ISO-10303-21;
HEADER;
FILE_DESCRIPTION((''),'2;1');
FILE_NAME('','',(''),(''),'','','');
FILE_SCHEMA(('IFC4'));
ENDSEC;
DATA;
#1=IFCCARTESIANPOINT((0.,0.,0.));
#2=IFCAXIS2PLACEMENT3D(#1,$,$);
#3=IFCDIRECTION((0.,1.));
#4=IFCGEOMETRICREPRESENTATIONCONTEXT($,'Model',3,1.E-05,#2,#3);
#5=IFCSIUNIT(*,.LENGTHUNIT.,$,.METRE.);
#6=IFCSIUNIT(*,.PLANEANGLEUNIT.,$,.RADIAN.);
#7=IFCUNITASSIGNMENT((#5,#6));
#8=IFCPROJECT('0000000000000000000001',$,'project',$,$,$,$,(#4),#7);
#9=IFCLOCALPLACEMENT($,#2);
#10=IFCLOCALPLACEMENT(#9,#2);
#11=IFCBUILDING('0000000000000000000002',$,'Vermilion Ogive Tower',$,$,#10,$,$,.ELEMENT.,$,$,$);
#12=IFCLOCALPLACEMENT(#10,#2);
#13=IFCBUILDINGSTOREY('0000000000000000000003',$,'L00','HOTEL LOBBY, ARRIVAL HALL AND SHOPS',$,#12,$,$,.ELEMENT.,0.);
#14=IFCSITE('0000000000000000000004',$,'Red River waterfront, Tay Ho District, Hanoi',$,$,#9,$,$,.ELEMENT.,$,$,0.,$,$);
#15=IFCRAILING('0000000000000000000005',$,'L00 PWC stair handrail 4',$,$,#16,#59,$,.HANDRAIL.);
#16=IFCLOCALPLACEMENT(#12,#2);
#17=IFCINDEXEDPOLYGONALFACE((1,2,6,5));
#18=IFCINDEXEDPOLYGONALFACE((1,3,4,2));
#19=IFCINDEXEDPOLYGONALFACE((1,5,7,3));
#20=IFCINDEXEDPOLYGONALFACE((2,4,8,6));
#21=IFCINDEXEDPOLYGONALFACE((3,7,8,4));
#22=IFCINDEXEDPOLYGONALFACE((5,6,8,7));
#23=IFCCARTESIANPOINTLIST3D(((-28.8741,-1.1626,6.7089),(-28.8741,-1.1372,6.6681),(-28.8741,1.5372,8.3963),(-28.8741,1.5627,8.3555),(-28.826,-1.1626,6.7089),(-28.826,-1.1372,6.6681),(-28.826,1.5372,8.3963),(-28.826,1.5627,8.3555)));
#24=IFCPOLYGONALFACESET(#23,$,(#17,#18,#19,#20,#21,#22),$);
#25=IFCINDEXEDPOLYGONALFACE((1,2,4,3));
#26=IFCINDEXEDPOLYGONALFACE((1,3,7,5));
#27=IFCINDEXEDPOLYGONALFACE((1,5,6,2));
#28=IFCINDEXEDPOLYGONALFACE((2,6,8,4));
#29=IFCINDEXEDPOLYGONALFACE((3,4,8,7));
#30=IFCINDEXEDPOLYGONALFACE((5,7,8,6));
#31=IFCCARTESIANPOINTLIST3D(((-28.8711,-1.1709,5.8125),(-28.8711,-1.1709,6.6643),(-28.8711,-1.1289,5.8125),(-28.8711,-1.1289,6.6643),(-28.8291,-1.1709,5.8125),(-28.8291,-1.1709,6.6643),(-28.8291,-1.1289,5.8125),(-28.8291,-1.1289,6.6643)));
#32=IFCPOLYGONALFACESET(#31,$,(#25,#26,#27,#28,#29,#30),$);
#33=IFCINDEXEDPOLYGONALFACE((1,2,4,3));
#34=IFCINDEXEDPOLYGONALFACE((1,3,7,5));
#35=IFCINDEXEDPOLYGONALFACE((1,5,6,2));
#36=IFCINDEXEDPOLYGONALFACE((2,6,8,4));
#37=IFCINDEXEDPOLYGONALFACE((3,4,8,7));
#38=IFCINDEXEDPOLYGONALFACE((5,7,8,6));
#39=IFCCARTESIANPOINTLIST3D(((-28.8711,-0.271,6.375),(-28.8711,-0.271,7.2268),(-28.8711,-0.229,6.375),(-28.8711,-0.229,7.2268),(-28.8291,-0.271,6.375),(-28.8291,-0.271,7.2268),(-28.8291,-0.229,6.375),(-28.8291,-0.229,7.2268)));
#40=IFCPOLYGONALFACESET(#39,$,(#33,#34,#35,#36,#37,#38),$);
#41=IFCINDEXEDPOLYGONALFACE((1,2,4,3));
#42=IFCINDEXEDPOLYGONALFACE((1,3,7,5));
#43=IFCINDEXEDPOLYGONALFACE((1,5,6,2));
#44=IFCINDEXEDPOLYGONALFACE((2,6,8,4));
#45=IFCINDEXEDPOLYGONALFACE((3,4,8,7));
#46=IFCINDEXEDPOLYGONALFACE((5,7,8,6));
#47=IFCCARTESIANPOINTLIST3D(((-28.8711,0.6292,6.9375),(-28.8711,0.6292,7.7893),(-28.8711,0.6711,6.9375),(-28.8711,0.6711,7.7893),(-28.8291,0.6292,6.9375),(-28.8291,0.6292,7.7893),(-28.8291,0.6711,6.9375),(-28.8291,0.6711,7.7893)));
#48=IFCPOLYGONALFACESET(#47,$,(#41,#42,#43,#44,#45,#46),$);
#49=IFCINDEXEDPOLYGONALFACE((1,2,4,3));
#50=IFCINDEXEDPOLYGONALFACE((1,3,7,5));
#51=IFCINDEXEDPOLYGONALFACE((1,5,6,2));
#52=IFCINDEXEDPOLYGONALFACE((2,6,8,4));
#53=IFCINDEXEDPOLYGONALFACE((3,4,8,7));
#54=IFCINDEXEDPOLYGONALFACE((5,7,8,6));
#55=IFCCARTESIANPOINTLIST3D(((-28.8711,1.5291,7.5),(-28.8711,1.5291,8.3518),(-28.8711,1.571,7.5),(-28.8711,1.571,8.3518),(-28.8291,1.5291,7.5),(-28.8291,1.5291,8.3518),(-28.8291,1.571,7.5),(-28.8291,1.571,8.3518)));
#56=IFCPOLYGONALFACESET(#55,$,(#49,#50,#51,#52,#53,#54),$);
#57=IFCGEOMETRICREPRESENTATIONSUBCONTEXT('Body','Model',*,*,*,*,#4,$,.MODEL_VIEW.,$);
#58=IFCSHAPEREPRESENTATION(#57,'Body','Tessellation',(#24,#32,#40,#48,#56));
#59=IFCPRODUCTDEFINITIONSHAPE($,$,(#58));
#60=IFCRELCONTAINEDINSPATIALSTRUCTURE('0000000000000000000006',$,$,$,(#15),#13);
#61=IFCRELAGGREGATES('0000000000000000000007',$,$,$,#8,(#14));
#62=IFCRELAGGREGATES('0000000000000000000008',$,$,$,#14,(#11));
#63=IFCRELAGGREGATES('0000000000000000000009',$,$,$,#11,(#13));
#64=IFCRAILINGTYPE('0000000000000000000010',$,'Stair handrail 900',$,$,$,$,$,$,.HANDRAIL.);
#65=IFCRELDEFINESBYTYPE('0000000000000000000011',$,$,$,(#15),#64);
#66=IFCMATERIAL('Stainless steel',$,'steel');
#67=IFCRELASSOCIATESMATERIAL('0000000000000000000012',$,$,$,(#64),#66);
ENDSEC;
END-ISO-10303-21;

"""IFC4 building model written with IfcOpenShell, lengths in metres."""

from ifc_helpers import new_model, si_unit, direction, frame, origin, origin_2d, place, context, subcontext, project, spatial, rectangle, extrude, material, type_object, element, save


model = new_model("IFC4")

# Units and contexts
model_context = context("Model", 3, precision=1e-05, world=origin(), true_north=direction((0.0, 1.0)))
body_context = subcontext(model_context, "Body", "Model", "MODEL_VIEW")
ifc_project = project(units=[si_unit("LENGTHUNIT", "METRE"), si_unit("PLANEANGLEUNIT", "RADIAN")], contexts=[model_context])

# Site, building, storey
site_placement = place(None, origin())
site = spatial("IfcSite", under=ifc_project, at=site_placement, Name="Red River waterfront, Tay Ho District, Hanoi", CompositionType="ELEMENT", RefElevation=0.0)
building_placement = place(site_placement, origin())
building = spatial("IfcBuilding", under=site, at=building_placement, Name="Vermilion Ogive Tower", CompositionType="ELEMENT")
storey_placement = place(building_placement, origin())
storey = spatial("IfcBuildingStorey", under=building, at=storey_placement, Name="L00", Description="HOTEL LOBBY, ARRIVAL HALL AND SHOPS", CompositionType="ELEMENT", Elevation=0.0)

# Railing
ifc_material_1 = material(Name="Stainless steel", Category="steel")
railing_type_1 = type_object("IfcRailingType", Name="Stair handrail 900", PredefinedType="HANDRAIL", material=ifc_material_1)
for number, where, name in (
    (1, (-28.8501, -1.1499, 5.8125), "L00 PWC stair handrail 4"),
):
    element("IfcRailing", number, at=place(storey_placement, frame(where)), inside=storey, type_object=railing_type_1, Name=name, PredefinedType="HANDRAIL", context=body_context, shape_type="SweptSolid", body=[
        extrude(rectangle(XDim=0.0481, YDim=0.0481, at=origin_2d()), frame((0.0, 0.0, 0.876), z_axis=(0.0, 0.847994, 0.530006), x_axis=(-1.0, 0.0, 0.0)), (0.0, 0.0, 1.0), 3.1838),
        extrude(rectangle(XDim=0.042, YDim=0.042, at=origin_2d()), origin(), (0.0, 0.0, 1.0), 0.8518),
        extrude(rectangle(XDim=0.042, YDim=0.042, at=origin_2d()), frame((0.0, 0.8999, 0.5625)), (0.0, 0.0, 1.0), 0.8518),
        extrude(rectangle(XDim=0.042, YDim=0.042, at=origin_2d()), frame((0.0, 1.8, 1.125)), (0.0, 0.0, 1.0), 0.8518),
        extrude(rectangle(XDim=0.042, YDim=0.042, at=origin_2d()), frame((0.0, 2.7, 1.6875)), (0.0, 0.0, 1.0), 0.8518),
    ])

save(model, "model.ifc")
